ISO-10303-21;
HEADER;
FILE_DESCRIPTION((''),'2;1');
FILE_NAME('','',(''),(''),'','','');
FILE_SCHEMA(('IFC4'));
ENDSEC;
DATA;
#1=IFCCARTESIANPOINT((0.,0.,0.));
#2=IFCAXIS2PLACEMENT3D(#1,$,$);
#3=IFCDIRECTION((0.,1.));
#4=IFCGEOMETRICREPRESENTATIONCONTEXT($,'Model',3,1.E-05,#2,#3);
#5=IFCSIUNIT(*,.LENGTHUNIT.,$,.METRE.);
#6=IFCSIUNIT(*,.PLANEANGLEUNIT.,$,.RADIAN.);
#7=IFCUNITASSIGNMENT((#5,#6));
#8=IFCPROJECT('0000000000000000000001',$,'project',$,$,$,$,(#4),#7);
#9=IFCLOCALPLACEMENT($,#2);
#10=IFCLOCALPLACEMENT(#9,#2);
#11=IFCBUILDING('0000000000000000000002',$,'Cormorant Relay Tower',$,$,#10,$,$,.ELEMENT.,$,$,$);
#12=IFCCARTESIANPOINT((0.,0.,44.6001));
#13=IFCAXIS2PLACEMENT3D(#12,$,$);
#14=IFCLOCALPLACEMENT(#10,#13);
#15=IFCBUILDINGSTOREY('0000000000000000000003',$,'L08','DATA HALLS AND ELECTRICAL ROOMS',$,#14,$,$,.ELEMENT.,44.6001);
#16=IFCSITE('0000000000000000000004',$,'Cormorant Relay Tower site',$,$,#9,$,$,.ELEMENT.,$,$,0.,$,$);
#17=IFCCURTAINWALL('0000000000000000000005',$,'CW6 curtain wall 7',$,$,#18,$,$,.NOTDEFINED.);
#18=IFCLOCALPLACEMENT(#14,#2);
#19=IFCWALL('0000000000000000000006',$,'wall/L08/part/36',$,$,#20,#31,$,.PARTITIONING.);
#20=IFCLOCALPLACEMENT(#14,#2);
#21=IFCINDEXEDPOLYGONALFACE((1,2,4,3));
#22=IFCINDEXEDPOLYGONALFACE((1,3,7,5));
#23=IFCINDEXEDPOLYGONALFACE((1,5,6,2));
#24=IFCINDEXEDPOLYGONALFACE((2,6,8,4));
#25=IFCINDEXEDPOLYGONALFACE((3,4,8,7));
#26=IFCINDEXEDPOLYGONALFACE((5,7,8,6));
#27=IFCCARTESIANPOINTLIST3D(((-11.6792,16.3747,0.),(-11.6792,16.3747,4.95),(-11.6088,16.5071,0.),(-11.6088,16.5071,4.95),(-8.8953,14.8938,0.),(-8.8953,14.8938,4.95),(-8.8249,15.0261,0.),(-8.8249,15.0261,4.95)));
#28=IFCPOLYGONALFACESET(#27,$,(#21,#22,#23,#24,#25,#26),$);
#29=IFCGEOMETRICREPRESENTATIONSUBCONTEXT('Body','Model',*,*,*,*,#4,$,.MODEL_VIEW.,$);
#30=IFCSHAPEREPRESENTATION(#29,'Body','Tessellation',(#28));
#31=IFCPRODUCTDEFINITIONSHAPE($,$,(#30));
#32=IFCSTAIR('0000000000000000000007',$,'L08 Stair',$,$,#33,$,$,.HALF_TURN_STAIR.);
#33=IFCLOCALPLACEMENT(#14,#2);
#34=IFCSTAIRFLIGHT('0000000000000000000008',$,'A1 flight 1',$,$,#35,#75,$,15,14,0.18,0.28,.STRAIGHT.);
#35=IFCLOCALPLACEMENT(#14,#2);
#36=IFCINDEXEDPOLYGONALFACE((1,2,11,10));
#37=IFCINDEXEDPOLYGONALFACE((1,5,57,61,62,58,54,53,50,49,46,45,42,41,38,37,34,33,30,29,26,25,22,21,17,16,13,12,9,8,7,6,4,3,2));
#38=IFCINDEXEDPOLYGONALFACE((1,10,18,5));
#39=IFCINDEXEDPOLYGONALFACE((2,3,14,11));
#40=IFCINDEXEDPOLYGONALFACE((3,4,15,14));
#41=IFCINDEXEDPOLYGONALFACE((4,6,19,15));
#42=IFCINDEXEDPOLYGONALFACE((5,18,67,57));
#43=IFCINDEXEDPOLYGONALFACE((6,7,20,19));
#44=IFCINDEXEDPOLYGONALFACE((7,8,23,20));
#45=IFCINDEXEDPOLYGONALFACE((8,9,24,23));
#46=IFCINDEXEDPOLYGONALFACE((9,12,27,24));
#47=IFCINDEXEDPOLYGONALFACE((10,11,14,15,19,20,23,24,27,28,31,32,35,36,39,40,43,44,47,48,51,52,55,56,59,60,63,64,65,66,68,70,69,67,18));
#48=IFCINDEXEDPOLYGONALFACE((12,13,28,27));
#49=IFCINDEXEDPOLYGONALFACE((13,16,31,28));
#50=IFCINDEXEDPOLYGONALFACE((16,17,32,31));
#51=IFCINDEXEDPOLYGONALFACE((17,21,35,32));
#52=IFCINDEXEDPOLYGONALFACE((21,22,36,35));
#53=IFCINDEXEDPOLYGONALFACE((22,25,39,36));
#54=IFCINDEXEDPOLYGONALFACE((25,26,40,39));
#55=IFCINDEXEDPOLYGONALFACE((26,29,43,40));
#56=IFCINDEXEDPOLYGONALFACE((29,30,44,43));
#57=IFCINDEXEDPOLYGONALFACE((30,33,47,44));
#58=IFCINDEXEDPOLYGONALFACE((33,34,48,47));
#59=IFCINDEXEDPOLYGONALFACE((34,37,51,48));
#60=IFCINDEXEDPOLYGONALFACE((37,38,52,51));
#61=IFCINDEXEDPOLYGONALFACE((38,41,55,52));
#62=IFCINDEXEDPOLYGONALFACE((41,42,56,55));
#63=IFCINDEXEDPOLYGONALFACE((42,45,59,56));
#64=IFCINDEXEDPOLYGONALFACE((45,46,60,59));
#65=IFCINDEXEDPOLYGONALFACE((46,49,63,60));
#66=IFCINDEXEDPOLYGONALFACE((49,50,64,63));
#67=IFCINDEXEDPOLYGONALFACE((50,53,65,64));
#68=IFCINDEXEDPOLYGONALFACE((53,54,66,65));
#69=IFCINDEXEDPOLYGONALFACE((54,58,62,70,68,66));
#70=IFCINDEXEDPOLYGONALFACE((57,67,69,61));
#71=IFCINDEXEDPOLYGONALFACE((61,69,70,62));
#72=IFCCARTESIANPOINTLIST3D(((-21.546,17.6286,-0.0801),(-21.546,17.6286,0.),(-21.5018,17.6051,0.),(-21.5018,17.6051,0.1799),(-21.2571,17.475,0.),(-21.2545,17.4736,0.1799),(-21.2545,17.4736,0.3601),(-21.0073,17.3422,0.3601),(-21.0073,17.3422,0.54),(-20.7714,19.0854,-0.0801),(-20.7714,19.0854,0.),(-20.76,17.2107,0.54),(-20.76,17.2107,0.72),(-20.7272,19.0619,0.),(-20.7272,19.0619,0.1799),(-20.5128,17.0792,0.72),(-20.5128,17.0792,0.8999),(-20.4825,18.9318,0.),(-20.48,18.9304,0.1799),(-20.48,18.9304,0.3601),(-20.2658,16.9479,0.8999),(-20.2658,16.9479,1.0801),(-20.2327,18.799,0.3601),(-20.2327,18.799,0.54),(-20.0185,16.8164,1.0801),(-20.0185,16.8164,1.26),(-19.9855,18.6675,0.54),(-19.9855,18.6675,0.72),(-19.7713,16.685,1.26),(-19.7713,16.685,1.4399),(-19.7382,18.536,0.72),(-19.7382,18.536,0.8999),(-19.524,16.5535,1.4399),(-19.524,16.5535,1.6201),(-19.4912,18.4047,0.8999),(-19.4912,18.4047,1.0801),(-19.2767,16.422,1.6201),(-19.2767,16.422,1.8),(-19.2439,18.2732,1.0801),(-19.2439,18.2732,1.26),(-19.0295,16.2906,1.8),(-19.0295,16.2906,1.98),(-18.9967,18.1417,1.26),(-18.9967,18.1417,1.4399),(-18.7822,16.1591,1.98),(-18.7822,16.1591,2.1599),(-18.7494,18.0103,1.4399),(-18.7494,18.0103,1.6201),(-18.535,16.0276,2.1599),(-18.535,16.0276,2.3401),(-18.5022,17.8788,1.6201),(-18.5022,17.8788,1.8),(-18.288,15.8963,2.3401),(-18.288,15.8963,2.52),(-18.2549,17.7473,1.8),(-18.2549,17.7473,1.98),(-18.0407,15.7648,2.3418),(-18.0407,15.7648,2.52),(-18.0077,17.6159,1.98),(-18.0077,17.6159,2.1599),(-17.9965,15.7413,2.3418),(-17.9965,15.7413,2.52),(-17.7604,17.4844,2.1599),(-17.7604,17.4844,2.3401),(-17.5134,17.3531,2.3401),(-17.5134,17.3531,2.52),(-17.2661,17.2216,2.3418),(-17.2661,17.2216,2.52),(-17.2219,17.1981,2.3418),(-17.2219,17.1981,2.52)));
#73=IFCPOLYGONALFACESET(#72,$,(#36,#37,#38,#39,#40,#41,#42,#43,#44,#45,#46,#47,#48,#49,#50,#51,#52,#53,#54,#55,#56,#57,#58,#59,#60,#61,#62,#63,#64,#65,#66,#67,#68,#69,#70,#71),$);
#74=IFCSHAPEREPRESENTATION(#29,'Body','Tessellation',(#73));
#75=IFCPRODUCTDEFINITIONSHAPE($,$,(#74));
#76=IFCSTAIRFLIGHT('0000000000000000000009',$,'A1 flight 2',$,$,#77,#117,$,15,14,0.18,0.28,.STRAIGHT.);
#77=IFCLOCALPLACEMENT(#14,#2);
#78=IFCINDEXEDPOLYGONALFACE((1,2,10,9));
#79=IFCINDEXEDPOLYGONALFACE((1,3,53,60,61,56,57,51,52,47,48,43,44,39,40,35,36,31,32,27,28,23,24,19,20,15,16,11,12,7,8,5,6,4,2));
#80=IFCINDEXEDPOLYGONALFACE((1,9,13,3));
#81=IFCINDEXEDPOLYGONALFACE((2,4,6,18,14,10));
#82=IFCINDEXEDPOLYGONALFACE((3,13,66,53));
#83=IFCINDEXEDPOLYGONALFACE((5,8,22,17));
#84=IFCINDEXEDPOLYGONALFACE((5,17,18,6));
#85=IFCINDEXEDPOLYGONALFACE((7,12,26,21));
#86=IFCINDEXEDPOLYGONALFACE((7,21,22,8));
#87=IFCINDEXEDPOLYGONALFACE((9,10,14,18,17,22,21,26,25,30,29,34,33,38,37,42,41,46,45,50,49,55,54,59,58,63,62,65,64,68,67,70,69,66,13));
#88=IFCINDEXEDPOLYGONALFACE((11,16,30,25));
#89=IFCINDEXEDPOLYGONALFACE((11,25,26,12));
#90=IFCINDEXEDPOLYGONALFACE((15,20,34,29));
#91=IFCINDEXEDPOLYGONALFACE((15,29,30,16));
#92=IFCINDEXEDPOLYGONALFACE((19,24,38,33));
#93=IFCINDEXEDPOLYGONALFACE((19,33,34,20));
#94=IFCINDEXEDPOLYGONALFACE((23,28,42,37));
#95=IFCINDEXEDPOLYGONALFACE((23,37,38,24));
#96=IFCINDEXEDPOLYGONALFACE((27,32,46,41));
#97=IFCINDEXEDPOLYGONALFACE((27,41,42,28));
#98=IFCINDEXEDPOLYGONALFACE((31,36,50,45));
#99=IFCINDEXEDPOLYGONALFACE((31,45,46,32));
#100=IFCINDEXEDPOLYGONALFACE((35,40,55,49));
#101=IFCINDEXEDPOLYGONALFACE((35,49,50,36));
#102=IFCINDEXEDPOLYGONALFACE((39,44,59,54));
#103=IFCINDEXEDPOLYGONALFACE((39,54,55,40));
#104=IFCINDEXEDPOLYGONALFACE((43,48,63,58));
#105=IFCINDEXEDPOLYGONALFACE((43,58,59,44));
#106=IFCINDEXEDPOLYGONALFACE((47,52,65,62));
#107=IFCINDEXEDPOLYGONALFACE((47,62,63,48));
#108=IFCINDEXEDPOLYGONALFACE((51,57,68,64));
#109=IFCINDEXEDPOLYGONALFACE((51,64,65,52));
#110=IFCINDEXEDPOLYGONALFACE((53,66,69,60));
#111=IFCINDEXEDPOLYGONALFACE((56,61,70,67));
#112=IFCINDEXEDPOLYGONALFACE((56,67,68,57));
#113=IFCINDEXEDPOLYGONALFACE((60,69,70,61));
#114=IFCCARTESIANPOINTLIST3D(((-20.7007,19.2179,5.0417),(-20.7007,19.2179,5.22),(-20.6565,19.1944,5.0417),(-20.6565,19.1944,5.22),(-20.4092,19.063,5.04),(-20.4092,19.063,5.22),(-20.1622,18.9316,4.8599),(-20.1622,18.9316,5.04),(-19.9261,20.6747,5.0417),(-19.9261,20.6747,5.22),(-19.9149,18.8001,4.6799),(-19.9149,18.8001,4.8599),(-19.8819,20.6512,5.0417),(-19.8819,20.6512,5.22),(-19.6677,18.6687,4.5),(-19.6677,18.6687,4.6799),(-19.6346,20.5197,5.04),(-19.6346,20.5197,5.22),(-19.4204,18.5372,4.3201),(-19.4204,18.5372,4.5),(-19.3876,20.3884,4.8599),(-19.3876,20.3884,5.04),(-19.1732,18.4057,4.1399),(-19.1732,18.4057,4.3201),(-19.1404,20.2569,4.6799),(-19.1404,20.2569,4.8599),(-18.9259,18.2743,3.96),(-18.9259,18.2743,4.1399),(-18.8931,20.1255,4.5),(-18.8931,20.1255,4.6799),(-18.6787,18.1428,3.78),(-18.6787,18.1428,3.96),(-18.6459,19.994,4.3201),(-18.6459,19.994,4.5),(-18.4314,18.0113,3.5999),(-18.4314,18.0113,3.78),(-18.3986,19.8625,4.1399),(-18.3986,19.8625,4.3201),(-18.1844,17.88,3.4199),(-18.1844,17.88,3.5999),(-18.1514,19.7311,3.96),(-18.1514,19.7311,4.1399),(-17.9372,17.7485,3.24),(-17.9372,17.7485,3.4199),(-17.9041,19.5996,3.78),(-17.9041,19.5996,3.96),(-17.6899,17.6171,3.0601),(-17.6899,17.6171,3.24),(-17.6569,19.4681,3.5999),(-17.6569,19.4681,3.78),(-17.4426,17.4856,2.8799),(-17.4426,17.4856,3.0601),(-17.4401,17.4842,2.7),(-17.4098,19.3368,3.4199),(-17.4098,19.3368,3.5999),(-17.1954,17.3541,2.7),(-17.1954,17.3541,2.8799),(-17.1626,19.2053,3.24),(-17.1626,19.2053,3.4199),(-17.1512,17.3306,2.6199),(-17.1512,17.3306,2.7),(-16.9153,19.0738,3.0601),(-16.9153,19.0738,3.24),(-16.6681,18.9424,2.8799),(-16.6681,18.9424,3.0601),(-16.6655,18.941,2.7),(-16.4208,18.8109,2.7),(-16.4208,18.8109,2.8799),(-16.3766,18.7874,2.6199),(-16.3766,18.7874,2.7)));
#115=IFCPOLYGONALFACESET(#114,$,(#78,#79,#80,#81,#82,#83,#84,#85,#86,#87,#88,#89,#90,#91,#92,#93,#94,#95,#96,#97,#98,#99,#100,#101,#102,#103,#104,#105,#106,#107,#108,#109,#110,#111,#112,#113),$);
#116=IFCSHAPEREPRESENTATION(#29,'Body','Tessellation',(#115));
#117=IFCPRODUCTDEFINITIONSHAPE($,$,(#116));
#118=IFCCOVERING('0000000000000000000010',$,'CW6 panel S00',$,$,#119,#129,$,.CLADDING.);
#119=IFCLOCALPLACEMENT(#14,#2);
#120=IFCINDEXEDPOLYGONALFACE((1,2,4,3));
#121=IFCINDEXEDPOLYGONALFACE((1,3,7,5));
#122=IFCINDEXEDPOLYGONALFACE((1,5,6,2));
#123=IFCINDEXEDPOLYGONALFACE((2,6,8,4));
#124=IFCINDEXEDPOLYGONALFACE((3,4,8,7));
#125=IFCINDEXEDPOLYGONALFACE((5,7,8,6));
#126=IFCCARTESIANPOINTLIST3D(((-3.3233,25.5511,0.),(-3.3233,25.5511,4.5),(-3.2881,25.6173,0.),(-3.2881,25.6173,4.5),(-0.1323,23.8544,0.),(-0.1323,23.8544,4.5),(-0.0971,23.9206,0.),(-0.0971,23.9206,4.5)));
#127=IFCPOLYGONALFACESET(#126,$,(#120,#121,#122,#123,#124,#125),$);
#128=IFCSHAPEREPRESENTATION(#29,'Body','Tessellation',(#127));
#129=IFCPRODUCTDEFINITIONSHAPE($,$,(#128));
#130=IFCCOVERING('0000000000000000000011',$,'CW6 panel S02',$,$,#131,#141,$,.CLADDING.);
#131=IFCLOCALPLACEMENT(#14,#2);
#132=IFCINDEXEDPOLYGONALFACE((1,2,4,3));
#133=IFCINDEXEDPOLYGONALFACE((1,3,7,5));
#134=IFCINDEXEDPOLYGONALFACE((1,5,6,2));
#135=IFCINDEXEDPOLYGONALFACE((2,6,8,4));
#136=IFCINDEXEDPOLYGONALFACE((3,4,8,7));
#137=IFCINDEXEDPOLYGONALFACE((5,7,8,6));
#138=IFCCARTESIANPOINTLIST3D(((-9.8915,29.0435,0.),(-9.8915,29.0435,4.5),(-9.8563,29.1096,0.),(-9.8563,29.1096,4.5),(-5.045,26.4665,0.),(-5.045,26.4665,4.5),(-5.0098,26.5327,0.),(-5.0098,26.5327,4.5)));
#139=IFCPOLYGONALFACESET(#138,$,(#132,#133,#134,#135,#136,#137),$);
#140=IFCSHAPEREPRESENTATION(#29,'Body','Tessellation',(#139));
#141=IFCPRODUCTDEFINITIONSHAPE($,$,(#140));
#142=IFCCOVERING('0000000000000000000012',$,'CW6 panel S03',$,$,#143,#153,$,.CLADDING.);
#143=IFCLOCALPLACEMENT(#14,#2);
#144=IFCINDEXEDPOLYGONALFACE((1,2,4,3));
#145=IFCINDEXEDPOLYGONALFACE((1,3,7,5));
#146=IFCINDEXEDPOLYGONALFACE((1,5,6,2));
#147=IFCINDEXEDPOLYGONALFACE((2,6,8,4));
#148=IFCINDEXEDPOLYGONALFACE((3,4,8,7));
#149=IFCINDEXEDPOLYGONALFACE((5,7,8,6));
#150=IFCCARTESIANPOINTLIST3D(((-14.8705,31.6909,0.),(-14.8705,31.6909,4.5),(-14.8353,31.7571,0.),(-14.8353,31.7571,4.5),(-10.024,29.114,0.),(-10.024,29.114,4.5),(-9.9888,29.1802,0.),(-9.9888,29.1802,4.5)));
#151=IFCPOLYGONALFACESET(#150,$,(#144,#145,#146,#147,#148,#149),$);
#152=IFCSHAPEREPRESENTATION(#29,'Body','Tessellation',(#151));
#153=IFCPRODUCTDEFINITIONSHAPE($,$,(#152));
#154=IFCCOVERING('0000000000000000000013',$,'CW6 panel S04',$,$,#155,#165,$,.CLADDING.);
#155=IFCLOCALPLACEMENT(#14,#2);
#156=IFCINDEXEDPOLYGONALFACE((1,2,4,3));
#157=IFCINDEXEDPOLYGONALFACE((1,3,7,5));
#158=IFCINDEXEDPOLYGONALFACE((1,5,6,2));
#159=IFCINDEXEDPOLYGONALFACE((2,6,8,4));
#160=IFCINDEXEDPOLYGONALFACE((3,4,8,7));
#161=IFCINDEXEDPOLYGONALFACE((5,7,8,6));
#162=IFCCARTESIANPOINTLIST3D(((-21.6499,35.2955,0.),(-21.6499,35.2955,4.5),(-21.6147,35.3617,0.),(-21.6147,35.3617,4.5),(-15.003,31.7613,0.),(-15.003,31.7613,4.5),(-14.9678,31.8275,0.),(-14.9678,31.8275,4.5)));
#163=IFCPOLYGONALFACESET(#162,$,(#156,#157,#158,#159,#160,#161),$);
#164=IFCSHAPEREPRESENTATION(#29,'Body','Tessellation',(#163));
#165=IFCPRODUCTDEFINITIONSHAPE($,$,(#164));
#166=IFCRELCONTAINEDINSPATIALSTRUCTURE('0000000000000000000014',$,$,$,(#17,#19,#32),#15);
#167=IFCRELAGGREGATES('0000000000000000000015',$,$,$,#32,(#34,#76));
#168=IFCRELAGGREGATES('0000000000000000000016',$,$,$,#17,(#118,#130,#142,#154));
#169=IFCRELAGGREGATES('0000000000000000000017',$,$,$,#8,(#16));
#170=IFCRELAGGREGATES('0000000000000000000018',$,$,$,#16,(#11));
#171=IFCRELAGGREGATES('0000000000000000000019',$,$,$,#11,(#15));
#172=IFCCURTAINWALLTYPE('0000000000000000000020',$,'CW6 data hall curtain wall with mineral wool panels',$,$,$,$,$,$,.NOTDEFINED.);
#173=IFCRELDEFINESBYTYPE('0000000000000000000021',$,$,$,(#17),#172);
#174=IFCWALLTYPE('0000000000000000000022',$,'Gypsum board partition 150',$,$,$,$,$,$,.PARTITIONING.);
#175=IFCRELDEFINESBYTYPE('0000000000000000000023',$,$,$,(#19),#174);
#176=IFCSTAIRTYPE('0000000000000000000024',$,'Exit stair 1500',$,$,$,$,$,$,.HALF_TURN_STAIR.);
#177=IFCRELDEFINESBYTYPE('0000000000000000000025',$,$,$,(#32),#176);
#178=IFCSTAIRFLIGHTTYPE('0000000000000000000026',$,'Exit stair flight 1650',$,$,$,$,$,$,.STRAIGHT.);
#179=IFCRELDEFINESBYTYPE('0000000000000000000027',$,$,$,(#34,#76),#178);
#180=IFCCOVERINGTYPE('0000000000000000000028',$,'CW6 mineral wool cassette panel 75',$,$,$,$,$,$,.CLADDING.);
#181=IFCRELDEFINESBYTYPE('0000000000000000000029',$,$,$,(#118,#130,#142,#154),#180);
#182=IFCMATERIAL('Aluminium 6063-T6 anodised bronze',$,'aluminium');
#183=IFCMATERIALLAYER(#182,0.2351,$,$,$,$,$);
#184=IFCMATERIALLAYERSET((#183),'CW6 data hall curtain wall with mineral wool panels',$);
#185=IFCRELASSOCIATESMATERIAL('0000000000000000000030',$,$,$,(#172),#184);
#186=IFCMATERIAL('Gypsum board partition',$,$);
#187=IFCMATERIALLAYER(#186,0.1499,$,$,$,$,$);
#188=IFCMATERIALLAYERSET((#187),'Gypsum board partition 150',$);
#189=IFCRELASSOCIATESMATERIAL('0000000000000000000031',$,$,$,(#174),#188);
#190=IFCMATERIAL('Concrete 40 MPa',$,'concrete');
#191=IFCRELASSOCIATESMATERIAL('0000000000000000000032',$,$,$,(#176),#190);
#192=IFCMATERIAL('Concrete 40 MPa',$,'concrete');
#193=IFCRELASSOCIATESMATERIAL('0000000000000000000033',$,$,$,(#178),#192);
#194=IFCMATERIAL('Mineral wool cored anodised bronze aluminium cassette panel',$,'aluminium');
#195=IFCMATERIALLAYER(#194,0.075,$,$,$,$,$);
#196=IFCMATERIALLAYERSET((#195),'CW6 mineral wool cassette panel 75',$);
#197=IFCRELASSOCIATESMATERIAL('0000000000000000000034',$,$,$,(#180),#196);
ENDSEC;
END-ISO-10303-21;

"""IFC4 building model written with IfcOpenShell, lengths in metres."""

from ifc_helpers import new_model, si_unit, direction, frame, frame_2d, origin, origin_2d, place, context, subcontext, project, spatial, polyline, rectangle, outline, extrude, material, layer, layer_set, type_object, element, aggregate, save


model = new_model("IFC4")

# Units and contexts
model_context = context("Model", 3, precision=1e-05, world=origin(), true_north=direction((0.0, 1.0)))
body_context = subcontext(model_context, "Body", "Model", "MODEL_VIEW")
ifc_project = project(units=[si_unit("LENGTHUNIT", "METRE"), si_unit("PLANEANGLEUNIT", "RADIAN")], contexts=[model_context])

# Site, building, storey
site_placement = place(None, origin())
site = spatial("IfcSite", under=ifc_project, at=site_placement, Name="Cormorant Relay Tower site", CompositionType="ELEMENT", RefElevation=0.0)
building_placement = place(site_placement, origin())
building = spatial("IfcBuilding", under=site, at=building_placement, Name="Cormorant Relay Tower", CompositionType="ELEMENT")
storey_placement = place(building_placement, frame((0.0, 0.0, 44.6001)))
storey = spatial("IfcBuildingStorey", under=building, at=storey_placement, Name="L08", Description="DATA HALLS AND ELECTRICAL ROOMS", CompositionType="ELEMENT", Elevation=44.6001)

# Curtain wall
ifc_material_1 = material(Name="Aluminium 6063-T6 anodised bronze", Category="aluminium")
ifc_layer_1 = layer(ifc_material_1, 0.2351)
ifc_layer_set_1 = layer_set([ifc_layer_1], Name="CW6 data hall curtain wall with mineral wool panels")
curtain_wall_type = type_object("IfcCurtainWallType", Name="CW6 data hall curtain wall with mineral wool panels", PredefinedType="NOTDEFINED", material=ifc_layer_set_1)
curtain_wall_placement = place(storey_placement, origin())
curtain_wall = element("IfcCurtainWall", 1, at=curtain_wall_placement, inside=storey, type_object=curtain_wall_type, Name="CW6 curtain wall 7", PredefinedType="NOTDEFINED")

# Wall
ifc_material_2 = material(Name="Gypsum board partition")
ifc_layer_2 = layer(ifc_material_2, 0.1499)
ifc_layer_set_2 = layer_set([ifc_layer_2], Name="Gypsum board partition 150")
wall_type_1 = type_object("IfcWallType", Name="Gypsum board partition 150", PredefinedType="PARTITIONING", material=ifc_layer_set_2)
wall_1_placement = place(storey_placement, frame((-11.644, 16.4409, 0.0), z_axis=(0.0, 0.0, 1.0), x_axis=(0.882854, -0.469648, 0.0)))
element("IfcWall", 2, at=wall_1_placement, inside=storey, type_object=wall_type_1, Name="wall/L08/part/36", PredefinedType="PARTITIONING", context=body_context, shape_type="SweptSolid", body=[
    extrude(rectangle(XDim=3.1533, YDim=0.1499, at=frame_2d((1.5767, 0.0))), origin(), (0.0, 0.0, 1.0), 4.95),
])

# Stair, stair flights
ifc_material_3 = material(Name="Concrete 40 MPa", Category="concrete")
stair_type = type_object("IfcStairType", Name="Exit stair 1500", PredefinedType="HALF_TURN_STAIR", material=ifc_material_3)
stair_placement = place(storey_placement, origin())
stair = element("IfcStair", 3, at=stair_placement, inside=storey, type_object=stair_type, Name="L08 Stair", PredefinedType="HALF_TURN_STAIR")
ifc_material_4 = material(Name="Concrete 40 MPa", Category="concrete")
stair_flight_type = type_object("IfcStairFlightType", Name="Exit stair flight 1650", PredefinedType="STRAIGHT", material=ifc_material_4)
stair_flight_1_placement = place(storey_placement, frame((-21.1145, 18.3335, 0.0), z_axis=(0.0, 0.0, 1.0), x_axis=(0.882948, -0.469472, 0.0)))
stair_flight_1 = element("IfcStairFlight", 4, at=stair_flight_1_placement, type_object=stair_flight_type, Name="A1 flight 1", NumberOfRisers=15, NumberOfTreads=14, PredefinedType="STRAIGHT", RiserHeight=0.18, TreadLength=0.28, context=body_context, shape_type="SweptSolid", body=[
    extrude(outline(polyline([(-0.05, -0.0801), (-0.05, 0.0), (0.0, 0.0), (0.0, 0.1799), (0.28, 0.1799), (0.28, 0.3601), (0.5601, 0.3601), (0.5601, 0.54), (0.8401, 0.54), (0.8401, 0.72), (1.1201, 0.72), (1.1201, 0.8999), (1.3999, 0.8999), (1.3999, 1.0801), (1.6799, 1.0801), (1.6799, 1.26), (1.96, 1.26), (1.96, 1.4399), (2.24, 1.4399), (2.24, 1.6201), (2.52, 1.6201), (2.52, 1.8), (2.8, 1.8), (2.8, 1.98), (3.0801, 1.98), (3.0801, 2.1599), (3.3601, 2.1599), (3.3601, 2.3401), (3.6399, 2.3401), (3.6399, 2.52), (3.9199, 2.52), (3.97, 2.52), (3.97, 2.3418), (3.9199, 2.3418), (0.2771, 0.0), (-0.05, -0.0801)])), frame((0.0, 0.825, 0.0), z_axis=(0.0, -1.0, 0.0), x_axis=(1.0, 0.0, 0.0)), (0.0, 0.0, 1.0), 1.6499),
])
stair_flight_2_placement = place(storey_placement, frame((-16.8081, 18.0825, 2.7), z_axis=(0.0, 0.0, 1.0), x_axis=(-0.882948, 0.469472, 0.0)))
stair_flight_2 = element("IfcStairFlight", 5, at=stair_flight_2_placement, type_object=stair_flight_type, Name="A1 flight 2", NumberOfRisers=15, NumberOfTreads=14, PredefinedType="STRAIGHT", RiserHeight=0.18, TreadLength=0.28, context=body_context, shape_type="SweptSolid", body=[
    extrude(outline(polyline([(-0.05, -0.0801), (-0.05, 0.0), (0.0, 0.0), (0.0, 0.1799), (0.28, 0.1799), (0.28, 0.3601), (0.5601, 0.3601), (0.5601, 0.54), (0.8401, 0.54), (0.8401, 0.72), (1.1201, 0.72), (1.1201, 0.8999), (1.3999, 0.8999), (1.3999, 1.0801), (1.6799, 1.0801), (1.6799, 1.26), (1.96, 1.26), (1.96, 1.4399), (2.24, 1.4399), (2.24, 1.6201), (2.52, 1.6201), (2.52, 1.8), (2.8, 1.8), (2.8, 1.98), (3.0801, 1.98), (3.0801, 2.1599), (3.3601, 2.1599), (3.3601, 2.3401), (3.6399, 2.3401), (3.6399, 2.52), (3.9199, 2.52), (3.97, 2.52), (3.97, 2.3418), (3.9199, 2.3418), (0.2771, 0.0), (-0.05, -0.0801)])), frame((0.0, 0.825, 0.0), z_axis=(0.0, -1.0, 0.0), x_axis=(1.0, 0.0, 0.0)), (0.0, 0.0, 1.0), 1.6499),
])
aggregate(stair, [stair_flight_1, stair_flight_2])

# Coverings
ifc_material_5 = material(Name="Mineral wool cored anodised bronze aluminium cassette panel", Category="aluminium")
ifc_layer_3 = layer(ifc_material_5, 0.075)
ifc_layer_set_3 = layer_set([ifc_layer_3], Name="CW6 mineral wool cassette panel 75")
covering_type = type_object("IfcCoveringType", Name="CW6 mineral wool cassette panel 75", PredefinedType="CLADDING", material=ifc_layer_set_3)
covering_1_placement = place(storey_placement, frame((-1.7102, 24.7358, 0.0), z_axis=(0.0, 0.0, 1.0), x_axis=(-0.882948, 0.469472, 0.0)))
covering_1 = element("IfcCovering", 6, at=covering_1_placement, type_object=covering_type, Name="CW6 panel S00", PredefinedType="CLADDING", context=body_context, shape_type="SweptSolid", body=[
    extrude(rectangle(XDim=3.614, YDim=0.075, at=origin_2d()), origin(), (0.0, 0.0, 1.0), 4.5),
])
covering_2_placement = place(storey_placement, frame((-7.4507, 27.7881, 0.0), z_axis=(0.0, 0.0, 1.0), x_axis=(-0.882948, 0.469472, 0.0)))
covering_2 = element("IfcCovering", 7, at=covering_2_placement, type_object=covering_type, Name="CW6 panel S02", PredefinedType="CLADDING", context=body_context, shape_type="SweptSolid", body=[
    extrude(rectangle(XDim=5.489, YDim=0.075, at=origin_2d()), origin(), (0.0, 0.0, 1.0), 4.5),
])
covering_3_placement = place(storey_placement, frame((-12.4297, 30.4355, 0.0), z_axis=(0.0, 0.0, 1.0), x_axis=(-0.882948, 0.469472, 0.0)))
covering_3 = element("IfcCovering", 8, at=covering_3_placement, type_object=covering_type, Name="CW6 panel S03", PredefinedType="CLADDING", context=body_context, shape_type="SweptSolid", body=[
    extrude(rectangle(XDim=5.489, YDim=0.075, at=origin_2d()), origin(), (0.0, 0.0, 1.0), 4.5),
])
covering_4_placement = place(storey_placement, frame((-18.3088, 33.5615, 0.0), z_axis=(0.0, 0.0, 1.0), x_axis=(-0.882948, 0.469472, 0.0)))
covering_4 = element("IfcCovering", 9, at=covering_4_placement, type_object=covering_type, Name="CW6 panel S04", PredefinedType="CLADDING", context=body_context, shape_type="SweptSolid", body=[
    extrude(rectangle(XDim=7.5281, YDim=0.075, at=origin_2d()), origin(), (0.0, 0.0, 1.0), 4.5),
])
aggregate(curtain_wall, [covering_1, covering_2, covering_3, covering_4])

save(model, "model.ifc")
